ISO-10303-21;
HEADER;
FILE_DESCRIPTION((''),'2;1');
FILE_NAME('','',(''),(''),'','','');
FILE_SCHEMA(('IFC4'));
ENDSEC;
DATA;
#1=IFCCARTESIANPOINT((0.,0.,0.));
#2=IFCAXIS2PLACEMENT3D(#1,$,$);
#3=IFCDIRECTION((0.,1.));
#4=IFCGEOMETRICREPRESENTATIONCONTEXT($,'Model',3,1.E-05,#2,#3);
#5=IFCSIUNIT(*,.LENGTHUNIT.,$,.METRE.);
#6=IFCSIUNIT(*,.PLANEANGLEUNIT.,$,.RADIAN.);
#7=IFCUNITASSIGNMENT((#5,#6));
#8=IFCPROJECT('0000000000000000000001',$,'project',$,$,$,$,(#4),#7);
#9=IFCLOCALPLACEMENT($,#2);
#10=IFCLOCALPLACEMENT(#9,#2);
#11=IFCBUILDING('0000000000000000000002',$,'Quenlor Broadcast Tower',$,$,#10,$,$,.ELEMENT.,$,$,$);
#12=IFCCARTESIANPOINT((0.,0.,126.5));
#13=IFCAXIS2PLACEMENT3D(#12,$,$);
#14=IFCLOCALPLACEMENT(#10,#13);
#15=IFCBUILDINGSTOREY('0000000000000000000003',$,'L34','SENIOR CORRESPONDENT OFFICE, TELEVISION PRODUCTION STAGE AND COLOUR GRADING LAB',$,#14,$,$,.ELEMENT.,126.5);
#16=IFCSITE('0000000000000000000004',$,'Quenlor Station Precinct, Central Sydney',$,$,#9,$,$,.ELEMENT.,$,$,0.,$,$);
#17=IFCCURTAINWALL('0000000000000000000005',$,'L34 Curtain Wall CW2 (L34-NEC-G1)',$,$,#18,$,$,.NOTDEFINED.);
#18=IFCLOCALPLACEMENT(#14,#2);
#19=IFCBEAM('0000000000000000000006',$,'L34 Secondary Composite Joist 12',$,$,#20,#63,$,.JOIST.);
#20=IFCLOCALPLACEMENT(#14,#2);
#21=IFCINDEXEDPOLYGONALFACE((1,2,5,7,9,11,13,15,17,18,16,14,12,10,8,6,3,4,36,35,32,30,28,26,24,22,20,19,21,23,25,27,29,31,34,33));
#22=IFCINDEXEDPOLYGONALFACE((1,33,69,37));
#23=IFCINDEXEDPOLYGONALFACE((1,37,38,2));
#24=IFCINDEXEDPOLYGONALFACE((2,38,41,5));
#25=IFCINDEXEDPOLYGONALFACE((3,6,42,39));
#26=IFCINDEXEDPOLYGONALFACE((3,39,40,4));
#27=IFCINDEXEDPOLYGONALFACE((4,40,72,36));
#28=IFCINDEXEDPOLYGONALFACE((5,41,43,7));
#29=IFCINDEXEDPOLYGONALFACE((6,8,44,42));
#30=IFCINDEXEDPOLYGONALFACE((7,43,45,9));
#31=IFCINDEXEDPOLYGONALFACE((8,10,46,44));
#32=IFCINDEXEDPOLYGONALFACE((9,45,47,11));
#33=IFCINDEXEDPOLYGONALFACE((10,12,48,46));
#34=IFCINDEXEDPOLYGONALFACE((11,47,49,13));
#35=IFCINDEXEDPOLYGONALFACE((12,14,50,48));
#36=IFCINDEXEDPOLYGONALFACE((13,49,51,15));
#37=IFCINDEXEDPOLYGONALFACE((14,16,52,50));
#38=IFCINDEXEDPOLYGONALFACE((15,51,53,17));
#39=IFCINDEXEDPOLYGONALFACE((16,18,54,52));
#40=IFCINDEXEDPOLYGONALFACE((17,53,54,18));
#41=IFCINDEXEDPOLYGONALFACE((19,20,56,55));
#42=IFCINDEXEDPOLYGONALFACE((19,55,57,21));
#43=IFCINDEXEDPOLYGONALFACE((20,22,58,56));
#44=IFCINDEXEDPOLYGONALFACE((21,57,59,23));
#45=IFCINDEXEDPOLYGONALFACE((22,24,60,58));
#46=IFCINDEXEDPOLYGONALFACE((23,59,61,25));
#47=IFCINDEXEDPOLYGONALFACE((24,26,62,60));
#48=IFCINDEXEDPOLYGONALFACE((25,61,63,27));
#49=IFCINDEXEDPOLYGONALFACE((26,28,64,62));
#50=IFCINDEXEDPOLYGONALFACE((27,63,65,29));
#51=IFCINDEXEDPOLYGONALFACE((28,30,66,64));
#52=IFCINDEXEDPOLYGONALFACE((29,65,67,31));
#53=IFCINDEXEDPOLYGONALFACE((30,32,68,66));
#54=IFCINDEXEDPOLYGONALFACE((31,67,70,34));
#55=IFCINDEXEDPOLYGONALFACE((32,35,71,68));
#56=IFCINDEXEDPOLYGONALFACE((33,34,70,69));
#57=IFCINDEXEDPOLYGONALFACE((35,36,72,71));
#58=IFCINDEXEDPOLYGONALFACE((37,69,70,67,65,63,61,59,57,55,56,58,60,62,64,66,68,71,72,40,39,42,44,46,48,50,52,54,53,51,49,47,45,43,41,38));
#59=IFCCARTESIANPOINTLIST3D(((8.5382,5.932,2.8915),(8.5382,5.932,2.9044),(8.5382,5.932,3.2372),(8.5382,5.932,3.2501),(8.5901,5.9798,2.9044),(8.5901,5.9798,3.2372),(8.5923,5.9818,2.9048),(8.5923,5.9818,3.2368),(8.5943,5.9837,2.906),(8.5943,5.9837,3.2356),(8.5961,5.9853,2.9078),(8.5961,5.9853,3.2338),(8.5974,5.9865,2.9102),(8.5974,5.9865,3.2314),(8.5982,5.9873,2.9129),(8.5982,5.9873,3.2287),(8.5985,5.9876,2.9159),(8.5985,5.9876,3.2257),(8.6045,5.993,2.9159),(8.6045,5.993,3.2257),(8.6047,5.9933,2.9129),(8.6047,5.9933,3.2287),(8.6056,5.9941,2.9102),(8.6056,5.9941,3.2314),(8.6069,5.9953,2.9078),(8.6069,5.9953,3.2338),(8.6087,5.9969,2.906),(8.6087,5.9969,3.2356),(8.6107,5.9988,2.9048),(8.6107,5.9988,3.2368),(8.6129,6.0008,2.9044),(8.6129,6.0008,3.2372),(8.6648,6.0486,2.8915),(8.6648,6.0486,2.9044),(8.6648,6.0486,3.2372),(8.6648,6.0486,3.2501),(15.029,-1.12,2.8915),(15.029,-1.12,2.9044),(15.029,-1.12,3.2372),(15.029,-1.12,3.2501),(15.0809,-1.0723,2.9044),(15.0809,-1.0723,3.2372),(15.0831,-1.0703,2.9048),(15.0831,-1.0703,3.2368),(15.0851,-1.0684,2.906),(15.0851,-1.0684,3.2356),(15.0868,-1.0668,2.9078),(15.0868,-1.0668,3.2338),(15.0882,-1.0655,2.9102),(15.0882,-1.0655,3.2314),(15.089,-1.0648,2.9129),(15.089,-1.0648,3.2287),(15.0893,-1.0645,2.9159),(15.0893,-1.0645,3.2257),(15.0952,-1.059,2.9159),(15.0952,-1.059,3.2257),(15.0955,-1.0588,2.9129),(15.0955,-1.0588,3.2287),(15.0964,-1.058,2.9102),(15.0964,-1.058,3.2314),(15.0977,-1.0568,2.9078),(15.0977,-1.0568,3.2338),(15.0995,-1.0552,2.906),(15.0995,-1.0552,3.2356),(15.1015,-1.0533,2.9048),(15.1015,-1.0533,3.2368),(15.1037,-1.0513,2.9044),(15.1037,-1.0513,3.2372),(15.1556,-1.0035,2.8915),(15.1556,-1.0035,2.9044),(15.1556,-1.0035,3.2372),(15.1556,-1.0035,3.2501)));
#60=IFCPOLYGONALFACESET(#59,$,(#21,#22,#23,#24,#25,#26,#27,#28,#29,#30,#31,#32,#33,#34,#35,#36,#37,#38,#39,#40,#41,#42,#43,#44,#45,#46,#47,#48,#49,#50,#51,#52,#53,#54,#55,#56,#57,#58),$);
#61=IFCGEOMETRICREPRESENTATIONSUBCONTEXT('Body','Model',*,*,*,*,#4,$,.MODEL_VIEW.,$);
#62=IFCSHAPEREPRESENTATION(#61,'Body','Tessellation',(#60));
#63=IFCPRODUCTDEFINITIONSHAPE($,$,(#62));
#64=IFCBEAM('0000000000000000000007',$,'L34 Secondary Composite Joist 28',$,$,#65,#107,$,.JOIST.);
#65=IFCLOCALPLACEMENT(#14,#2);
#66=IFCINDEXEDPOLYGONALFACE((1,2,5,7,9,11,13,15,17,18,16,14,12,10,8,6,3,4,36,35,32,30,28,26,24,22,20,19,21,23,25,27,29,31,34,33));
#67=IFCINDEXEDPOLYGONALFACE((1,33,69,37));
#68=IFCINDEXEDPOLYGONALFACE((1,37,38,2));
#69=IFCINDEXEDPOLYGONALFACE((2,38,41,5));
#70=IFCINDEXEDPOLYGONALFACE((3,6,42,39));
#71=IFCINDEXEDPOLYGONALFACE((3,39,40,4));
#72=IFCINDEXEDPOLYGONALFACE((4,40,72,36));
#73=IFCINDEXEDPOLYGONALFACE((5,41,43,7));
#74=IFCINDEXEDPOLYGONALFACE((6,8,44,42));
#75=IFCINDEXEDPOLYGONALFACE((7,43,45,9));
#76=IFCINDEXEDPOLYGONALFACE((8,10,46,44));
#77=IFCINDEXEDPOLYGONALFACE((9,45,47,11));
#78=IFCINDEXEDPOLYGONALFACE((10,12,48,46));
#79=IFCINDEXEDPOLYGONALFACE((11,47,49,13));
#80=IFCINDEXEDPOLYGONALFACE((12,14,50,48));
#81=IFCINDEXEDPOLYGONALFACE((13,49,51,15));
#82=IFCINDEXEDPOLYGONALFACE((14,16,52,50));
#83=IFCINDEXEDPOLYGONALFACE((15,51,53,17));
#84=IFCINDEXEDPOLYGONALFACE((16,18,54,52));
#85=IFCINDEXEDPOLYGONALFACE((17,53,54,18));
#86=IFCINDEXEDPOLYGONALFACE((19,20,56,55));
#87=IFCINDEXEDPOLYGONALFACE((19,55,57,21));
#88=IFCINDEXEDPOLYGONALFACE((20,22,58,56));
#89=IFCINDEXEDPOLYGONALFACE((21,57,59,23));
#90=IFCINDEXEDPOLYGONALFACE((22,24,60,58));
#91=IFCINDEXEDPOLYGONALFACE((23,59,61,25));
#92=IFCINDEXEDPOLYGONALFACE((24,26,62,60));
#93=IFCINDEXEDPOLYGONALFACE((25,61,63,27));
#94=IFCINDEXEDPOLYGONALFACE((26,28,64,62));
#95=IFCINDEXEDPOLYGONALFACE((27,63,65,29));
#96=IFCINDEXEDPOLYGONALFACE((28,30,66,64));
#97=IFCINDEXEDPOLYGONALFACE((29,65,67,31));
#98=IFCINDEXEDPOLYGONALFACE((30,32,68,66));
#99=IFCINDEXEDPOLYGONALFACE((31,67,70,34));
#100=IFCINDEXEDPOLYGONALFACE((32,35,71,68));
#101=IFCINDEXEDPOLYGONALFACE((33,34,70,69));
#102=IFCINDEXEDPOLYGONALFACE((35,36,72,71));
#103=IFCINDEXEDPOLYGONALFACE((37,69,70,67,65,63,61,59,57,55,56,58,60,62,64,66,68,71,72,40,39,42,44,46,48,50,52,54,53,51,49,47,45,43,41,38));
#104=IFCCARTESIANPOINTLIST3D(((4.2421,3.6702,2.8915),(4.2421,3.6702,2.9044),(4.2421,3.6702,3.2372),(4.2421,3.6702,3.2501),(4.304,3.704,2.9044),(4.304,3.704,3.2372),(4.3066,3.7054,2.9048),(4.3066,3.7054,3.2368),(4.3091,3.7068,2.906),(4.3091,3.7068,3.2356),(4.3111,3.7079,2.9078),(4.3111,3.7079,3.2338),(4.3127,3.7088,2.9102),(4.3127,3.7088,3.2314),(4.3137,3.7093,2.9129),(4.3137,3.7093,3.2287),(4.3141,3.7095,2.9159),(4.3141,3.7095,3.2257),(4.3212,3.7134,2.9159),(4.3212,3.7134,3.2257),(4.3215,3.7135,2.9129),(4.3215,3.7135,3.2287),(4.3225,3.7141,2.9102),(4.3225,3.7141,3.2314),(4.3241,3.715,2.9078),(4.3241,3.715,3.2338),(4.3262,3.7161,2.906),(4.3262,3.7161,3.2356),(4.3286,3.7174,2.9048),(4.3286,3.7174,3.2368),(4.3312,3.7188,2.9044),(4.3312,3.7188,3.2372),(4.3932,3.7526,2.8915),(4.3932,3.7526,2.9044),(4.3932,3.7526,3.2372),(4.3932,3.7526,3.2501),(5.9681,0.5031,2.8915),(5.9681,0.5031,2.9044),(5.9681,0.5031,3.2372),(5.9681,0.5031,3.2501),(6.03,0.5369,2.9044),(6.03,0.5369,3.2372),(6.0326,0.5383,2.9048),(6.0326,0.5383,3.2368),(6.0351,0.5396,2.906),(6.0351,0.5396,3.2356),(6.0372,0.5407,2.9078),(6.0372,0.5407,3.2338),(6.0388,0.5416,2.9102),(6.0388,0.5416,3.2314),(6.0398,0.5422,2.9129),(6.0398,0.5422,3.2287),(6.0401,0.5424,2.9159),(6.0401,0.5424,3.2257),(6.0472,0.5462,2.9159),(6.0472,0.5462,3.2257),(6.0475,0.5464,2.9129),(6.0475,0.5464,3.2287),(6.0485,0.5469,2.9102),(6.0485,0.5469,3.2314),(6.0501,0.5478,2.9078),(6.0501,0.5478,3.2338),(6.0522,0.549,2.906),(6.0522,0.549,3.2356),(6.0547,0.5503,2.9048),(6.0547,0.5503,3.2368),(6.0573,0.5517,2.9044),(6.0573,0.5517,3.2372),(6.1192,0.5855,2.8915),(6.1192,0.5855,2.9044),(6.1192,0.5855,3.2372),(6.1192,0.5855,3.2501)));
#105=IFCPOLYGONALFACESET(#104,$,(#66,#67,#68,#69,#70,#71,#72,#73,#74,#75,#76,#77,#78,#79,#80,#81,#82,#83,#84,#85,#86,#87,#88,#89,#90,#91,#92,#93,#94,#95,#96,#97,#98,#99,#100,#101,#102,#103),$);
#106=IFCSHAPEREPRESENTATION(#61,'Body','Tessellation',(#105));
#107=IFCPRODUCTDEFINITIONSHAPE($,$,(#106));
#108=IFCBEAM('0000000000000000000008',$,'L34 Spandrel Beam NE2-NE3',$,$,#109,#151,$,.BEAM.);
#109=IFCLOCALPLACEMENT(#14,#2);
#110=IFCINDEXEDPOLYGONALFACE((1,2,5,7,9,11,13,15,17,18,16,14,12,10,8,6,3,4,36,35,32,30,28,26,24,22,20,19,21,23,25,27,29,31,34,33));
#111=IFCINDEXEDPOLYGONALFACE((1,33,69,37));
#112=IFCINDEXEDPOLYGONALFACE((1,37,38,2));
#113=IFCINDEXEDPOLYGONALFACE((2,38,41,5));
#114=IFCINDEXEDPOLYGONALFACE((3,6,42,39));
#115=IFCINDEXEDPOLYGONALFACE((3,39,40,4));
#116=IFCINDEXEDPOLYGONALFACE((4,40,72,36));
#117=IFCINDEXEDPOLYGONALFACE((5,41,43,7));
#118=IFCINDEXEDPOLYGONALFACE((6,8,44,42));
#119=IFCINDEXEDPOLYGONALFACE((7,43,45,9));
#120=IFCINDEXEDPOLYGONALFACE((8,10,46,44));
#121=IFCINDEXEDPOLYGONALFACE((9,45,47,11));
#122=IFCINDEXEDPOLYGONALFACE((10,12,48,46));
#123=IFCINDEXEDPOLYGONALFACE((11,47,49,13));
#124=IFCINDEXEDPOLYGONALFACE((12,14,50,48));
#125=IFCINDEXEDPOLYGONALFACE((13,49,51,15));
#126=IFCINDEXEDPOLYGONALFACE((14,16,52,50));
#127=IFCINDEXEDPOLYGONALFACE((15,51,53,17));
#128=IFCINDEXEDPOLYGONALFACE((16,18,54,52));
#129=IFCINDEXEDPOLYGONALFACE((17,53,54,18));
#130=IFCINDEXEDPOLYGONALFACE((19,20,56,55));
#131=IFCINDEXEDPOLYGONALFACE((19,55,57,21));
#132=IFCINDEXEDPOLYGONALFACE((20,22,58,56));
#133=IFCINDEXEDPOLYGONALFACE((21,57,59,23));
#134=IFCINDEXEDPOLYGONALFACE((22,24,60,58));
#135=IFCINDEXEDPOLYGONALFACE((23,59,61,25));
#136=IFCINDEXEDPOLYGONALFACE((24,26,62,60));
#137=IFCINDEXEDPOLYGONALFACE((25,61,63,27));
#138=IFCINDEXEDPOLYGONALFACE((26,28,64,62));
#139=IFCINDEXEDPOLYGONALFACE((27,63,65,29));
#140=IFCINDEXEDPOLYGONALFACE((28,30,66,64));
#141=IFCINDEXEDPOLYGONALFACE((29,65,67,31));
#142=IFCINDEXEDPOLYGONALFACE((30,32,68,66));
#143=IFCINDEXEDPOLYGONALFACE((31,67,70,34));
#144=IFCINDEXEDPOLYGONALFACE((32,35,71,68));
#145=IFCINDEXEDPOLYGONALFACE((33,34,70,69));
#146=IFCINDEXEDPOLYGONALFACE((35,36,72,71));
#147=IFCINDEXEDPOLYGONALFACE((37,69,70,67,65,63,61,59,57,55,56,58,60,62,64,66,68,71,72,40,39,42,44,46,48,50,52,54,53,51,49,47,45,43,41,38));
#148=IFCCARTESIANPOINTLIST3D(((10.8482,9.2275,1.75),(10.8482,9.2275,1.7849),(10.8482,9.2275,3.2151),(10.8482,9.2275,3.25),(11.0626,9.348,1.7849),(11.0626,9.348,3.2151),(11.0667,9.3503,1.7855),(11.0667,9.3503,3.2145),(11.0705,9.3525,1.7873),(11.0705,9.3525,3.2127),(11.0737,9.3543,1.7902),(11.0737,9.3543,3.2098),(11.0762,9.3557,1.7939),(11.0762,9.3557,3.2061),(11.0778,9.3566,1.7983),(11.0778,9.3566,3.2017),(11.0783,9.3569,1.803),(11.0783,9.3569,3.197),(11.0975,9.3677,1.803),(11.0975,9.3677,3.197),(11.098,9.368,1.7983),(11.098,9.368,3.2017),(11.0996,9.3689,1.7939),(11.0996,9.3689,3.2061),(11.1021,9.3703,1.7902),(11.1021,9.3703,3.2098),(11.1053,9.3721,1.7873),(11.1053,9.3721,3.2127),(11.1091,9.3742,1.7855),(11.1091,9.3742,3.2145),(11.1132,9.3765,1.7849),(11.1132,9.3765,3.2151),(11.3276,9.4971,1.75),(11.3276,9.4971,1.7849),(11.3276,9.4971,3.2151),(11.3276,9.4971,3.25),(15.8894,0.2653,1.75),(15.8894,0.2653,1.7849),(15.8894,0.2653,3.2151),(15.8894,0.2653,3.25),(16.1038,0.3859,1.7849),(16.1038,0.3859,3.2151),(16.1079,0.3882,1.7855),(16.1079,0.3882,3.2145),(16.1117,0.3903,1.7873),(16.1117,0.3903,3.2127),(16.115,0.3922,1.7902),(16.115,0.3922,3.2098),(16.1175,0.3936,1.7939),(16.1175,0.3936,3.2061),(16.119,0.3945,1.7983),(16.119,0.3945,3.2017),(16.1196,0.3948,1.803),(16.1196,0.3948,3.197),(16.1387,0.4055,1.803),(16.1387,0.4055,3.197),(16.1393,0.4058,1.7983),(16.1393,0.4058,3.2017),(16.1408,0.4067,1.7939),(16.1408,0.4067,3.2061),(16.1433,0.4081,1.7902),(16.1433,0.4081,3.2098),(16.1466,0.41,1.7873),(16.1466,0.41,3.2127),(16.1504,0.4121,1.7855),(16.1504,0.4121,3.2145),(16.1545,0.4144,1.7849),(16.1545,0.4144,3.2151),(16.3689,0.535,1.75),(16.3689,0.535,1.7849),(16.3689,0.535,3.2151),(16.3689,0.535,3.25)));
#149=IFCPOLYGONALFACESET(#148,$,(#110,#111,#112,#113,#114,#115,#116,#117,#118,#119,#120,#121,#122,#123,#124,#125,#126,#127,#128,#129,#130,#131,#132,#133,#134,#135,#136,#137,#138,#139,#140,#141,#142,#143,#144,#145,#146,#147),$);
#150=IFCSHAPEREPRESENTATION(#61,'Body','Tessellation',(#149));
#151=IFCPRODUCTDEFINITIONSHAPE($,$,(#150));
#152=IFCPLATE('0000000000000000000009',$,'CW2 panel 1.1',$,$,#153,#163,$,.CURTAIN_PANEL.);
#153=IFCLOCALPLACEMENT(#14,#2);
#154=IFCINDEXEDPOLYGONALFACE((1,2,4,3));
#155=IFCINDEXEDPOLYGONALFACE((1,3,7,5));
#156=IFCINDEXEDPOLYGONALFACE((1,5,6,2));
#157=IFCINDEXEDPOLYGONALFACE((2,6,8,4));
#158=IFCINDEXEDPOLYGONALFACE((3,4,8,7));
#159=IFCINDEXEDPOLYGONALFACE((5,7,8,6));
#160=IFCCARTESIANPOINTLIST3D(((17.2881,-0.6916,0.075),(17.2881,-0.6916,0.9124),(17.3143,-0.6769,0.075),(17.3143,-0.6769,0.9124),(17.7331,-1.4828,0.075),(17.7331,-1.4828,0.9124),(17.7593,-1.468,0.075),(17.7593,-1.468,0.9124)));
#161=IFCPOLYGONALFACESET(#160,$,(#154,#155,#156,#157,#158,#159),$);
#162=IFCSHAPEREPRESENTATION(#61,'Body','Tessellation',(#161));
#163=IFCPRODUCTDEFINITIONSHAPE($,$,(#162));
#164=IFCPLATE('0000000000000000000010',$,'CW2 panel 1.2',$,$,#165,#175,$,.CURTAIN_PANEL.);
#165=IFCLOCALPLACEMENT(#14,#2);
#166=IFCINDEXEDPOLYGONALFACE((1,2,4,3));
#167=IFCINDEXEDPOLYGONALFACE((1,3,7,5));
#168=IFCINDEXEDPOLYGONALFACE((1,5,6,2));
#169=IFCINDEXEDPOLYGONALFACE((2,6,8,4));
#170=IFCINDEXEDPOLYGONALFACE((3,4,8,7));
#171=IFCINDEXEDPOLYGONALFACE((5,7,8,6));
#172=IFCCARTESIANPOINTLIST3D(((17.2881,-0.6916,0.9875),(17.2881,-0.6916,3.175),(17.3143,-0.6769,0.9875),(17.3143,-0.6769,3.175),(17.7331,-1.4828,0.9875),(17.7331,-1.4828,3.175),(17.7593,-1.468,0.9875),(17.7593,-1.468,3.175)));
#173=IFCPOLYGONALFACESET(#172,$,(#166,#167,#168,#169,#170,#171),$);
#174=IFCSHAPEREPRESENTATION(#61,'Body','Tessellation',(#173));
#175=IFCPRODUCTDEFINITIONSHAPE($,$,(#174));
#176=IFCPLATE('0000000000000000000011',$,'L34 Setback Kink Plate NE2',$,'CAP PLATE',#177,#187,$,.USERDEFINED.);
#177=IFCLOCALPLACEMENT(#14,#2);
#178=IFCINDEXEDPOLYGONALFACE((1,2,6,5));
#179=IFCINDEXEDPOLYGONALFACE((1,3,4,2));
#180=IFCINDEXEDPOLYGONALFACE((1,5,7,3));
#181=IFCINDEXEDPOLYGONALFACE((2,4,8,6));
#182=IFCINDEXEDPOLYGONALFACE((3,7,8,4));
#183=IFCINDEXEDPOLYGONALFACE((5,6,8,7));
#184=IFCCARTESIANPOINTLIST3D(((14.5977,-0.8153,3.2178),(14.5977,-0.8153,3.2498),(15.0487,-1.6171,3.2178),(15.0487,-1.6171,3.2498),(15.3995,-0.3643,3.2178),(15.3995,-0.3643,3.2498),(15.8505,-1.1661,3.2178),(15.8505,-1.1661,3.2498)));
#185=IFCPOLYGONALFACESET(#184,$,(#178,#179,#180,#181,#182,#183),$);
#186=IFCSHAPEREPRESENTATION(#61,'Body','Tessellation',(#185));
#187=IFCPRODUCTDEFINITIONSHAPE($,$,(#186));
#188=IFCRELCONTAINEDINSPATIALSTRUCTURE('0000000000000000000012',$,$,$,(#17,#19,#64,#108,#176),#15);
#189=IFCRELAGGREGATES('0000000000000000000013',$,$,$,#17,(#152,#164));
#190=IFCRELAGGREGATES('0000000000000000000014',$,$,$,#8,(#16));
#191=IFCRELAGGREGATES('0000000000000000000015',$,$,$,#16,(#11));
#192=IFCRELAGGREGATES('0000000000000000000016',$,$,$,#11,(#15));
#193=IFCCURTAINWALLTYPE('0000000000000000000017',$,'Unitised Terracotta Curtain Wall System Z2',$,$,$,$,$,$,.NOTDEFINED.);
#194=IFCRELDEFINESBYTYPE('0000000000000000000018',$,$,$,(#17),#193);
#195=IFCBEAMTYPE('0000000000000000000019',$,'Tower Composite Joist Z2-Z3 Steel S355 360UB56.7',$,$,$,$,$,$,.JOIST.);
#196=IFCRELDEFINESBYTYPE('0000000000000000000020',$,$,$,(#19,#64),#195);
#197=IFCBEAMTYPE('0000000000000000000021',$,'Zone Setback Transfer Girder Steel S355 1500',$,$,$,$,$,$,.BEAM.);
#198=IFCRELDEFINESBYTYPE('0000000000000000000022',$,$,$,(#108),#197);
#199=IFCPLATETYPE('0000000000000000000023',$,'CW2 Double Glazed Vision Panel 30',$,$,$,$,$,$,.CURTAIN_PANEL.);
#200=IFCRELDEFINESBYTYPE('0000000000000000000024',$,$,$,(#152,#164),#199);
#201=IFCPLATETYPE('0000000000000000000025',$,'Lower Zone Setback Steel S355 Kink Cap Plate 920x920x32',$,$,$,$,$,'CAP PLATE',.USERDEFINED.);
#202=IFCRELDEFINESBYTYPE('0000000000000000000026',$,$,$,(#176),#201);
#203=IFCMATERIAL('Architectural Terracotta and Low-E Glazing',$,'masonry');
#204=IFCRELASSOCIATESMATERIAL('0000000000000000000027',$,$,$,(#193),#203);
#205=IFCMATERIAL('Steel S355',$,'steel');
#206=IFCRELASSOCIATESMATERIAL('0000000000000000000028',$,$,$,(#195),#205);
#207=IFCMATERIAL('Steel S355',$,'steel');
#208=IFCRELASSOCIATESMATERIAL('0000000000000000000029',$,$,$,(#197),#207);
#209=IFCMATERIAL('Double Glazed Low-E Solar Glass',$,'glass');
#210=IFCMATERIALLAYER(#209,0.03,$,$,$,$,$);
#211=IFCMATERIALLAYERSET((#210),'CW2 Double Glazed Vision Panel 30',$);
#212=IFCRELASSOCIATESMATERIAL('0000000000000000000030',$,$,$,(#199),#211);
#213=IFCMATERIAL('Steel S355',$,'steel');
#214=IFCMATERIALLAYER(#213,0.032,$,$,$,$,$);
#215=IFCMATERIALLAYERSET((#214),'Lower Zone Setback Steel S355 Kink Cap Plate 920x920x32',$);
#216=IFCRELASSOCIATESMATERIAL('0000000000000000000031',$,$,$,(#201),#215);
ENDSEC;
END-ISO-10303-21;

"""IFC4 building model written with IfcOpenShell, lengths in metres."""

from ifc_helpers import new_model, si_unit, direction, frame, origin, origin_2d, place, context, subcontext, project, spatial, rectangle, i_section, extrude, material, layer, layer_set, material_profile, profile_set, type_object, element, aggregate, save


model = new_model("IFC4")

# Units and contexts
model_context = context("Model", 3, precision=1e-05, world=origin(), true_north=direction((0.0, 1.0)))
body_context = subcontext(model_context, "Body", "Model", "MODEL_VIEW")
ifc_project = project(units=[si_unit("LENGTHUNIT", "METRE"), si_unit("PLANEANGLEUNIT", "RADIAN")], contexts=[model_context])

# Site, building, storey
site_placement = place(None, origin())
site = spatial("IfcSite", under=ifc_project, at=site_placement, Name="Quenlor Station Precinct, Central Sydney", CompositionType="ELEMENT", RefElevation=0.0)
building_placement = place(site_placement, origin())
building = spatial("IfcBuilding", under=site, at=building_placement, Name="Quenlor Broadcast Tower", CompositionType="ELEMENT")
storey_placement = place(building_placement, frame((0.0, 0.0, 126.5)))
storey = spatial("IfcBuildingStorey", under=building, at=storey_placement, Name="L34", Description="SENIOR CORRESPONDENT OFFICE, TELEVISION PRODUCTION STAGE AND COLOUR GRADING LAB", CompositionType="ELEMENT", Elevation=126.5)

# Curtain wall
ifc_material_1 = material(Name="Architectural Terracotta and Low-E Glazing", Category="masonry")
curtain_wall_type = type_object("IfcCurtainWallType", Name="Unitised Terracotta Curtain Wall System Z2", PredefinedType="NOTDEFINED", material=ifc_material_1)
curtain_wall_placement = place(storey_placement, origin())
curtain_wall = element("IfcCurtainWall", 1, at=curtain_wall_placement, inside=storey, type_object=curtain_wall_type, Name="L34 Curtain Wall CW2 (L34-NEC-G1)", PredefinedType="NOTDEFINED")

# Beams
ifc_material_2 = material(Name="Steel S355", Category="steel")
ifc_material_profile_1 = material_profile(ifc_material_2, i_section(OverallWidth=0.1721, OverallDepth=0.3586, WebThickness=0.0081, FlangeThickness=0.0129, FilletRadius=0.0115, at=origin_2d()))
ifc_profile_set_1 = profile_set([ifc_material_profile_1], Name="Steel S355 360UB56.7")
beam_type_1 = type_object("IfcBeamType", Name="Tower Composite Joist Z2-Z3 Steel S355 360UB56.7", PredefinedType="JOIST", material=ifc_profile_set_1)
beam_1_placement = place(storey_placement, frame((15.0923, -1.0618, 3.0708), z_axis=(-0.677219, 0.735781, 0.0), x_axis=(-0.735781, -0.677219, 0.0)))
element("IfcBeam", 2, at=beam_1_placement, inside=storey, type_object=beam_type_1, Name="L34 Secondary Composite Joist 12", PredefinedType="JOIST", context=body_context, shape_type="SweptSolid", body=[
    extrude(i_section(OverallWidth=0.1721, OverallDepth=0.3586, WebThickness=0.0081, FlangeThickness=0.0129, FilletRadius=0.0115, at=origin_2d()), origin(), (0.0, 0.0, 1.0), 9.5845),
])
beam_2_placement = place(storey_placement, frame((4.3176, 3.7114, 3.0708), z_axis=(0.47853, -0.878071, 0.0), x_axis=(0.878071, 0.47853, 0.0)))
element("IfcBeam", 3, at=beam_2_placement, inside=storey, type_object=beam_type_1, Name="L34 Secondary Composite Joist 28", PredefinedType="JOIST", context=body_context, shape_type="SweptSolid", body=[
    extrude(i_section(OverallWidth=0.1721, OverallDepth=0.3586, WebThickness=0.0081, FlangeThickness=0.0129, FilletRadius=0.0115, at=origin_2d()), origin(), (0.0, 0.0, 1.0), 3.6069),
])
ifc_material_3 = material(Name="Steel S355", Category="steel")
ifc_material_profile_2 = material_profile(ifc_material_3, i_section(OverallWidth=0.55, OverallDepth=1.5, WebThickness=0.022, FlangeThickness=0.0349, FilletRadius=0.0181, at=origin_2d()))
ifc_profile_set_2 = profile_set([ifc_material_profile_2], Name="Steel S355 1500TG510")
beam_type_2 = type_object("IfcBeamType", Name="Zone Setback Transfer Girder Steel S355 1500", PredefinedType="BEAM", material=ifc_profile_set_2)
beam_3_placement = place(storey_placement, frame((16.1292, 0.4001, 2.5), z_axis=(-0.490265, 0.871574, 0.0), x_axis=(-0.871574, -0.490265, 0.0)))
element("IfcBeam", 4, at=beam_3_placement, inside=storey, type_object=beam_type_2, Name="L34 Spandrel Beam NE2-NE3", PredefinedType="BEAM", context=body_context, shape_type="SweptSolid", body=[
    extrude(i_section(OverallWidth=0.55, OverallDepth=1.5, WebThickness=0.022, FlangeThickness=0.0349, FilletRadius=0.0181, at=origin_2d()), origin(), (0.0, 0.0, 1.0), 10.2827),
])

# Plates
ifc_material_4 = material(Name="Double Glazed Low-E Solar Glass", Category="glass")
ifc_layer_1 = layer(ifc_material_4, 0.03)
ifc_layer_set_1 = layer_set([ifc_layer_1], Name="CW2 Double Glazed Vision Panel 30")
plate_type_1 = type_object("IfcPlateType", Name="CW2 Double Glazed Vision Panel 30", PredefinedType="CURTAIN_PANEL", material=ifc_layer_set_1)
plate_1_placement = place(storey_placement, frame((17.5237, -1.0798, 0.075), z_axis=(0.0, 0.0, 1.0), x_axis=(0.490252, -0.871581, 0.0)))
plate_1 = element("IfcPlate", 5, at=plate_1_placement, type_object=plate_type_1, Name="CW2 panel 1.1", PredefinedType="CURTAIN_PANEL", context=body_context, shape_type="SweptSolid", body=[
    extrude(rectangle(XDim=0.9077, YDim=0.03, at=origin_2d()), origin(), (0.0, 0.0, 1.0), 0.8374),
])
plate_2_placement = place(storey_placement, frame((17.5237, -1.0798, 0.9875), z_axis=(0.0, 0.0, 1.0), x_axis=(0.490252, -0.871581, 0.0)))
plate_2 = element("IfcPlate", 6, at=plate_2_placement, type_object=plate_type_1, Name="CW2 panel 1.2", PredefinedType="CURTAIN_PANEL", context=body_context, shape_type="SweptSolid", body=[
    extrude(rectangle(XDim=0.9077, YDim=0.03, at=origin_2d()), origin(), (0.0, 0.0, 1.0), 2.1875),
])
aggregate(curtain_wall, [plate_1, plate_2])

# Plate
ifc_material_5 = material(Name="Steel S355", Category="steel")
ifc_layer_2 = layer(ifc_material_5, 0.032)
ifc_layer_set_2 = layer_set([ifc_layer_2], Name="Lower Zone Setback Steel S355 Kink Cap Plate 920x920x32")
plate_type_2 = type_object("IfcPlateType", Name="Lower Zone Setback Steel S355 Kink Cap Plate 920x920x32", ElementType="CAP PLATE", PredefinedType="USERDEFINED", material=ifc_layer_set_2)
plate_3_placement = place(storey_placement, frame((15.2241, -0.9907, 3.2178), z_axis=(0.0, 0.0, 1.0), x_axis=(0.871575, 0.490262, 0.0)))
element("IfcPlate", 7, at=plate_3_placement, inside=storey, type_object=plate_type_2, Name="L34 Setback Kink Plate NE2", ObjectType="CAP PLATE", PredefinedType="USERDEFINED", context=body_context, shape_type="SweptSolid", body=[
    extrude(rectangle(XDim=0.9199, YDim=0.9199, at=origin_2d()), origin(), (0.0, 0.0, 1.0), 0.032),
])

save(model, "model.ifc")
